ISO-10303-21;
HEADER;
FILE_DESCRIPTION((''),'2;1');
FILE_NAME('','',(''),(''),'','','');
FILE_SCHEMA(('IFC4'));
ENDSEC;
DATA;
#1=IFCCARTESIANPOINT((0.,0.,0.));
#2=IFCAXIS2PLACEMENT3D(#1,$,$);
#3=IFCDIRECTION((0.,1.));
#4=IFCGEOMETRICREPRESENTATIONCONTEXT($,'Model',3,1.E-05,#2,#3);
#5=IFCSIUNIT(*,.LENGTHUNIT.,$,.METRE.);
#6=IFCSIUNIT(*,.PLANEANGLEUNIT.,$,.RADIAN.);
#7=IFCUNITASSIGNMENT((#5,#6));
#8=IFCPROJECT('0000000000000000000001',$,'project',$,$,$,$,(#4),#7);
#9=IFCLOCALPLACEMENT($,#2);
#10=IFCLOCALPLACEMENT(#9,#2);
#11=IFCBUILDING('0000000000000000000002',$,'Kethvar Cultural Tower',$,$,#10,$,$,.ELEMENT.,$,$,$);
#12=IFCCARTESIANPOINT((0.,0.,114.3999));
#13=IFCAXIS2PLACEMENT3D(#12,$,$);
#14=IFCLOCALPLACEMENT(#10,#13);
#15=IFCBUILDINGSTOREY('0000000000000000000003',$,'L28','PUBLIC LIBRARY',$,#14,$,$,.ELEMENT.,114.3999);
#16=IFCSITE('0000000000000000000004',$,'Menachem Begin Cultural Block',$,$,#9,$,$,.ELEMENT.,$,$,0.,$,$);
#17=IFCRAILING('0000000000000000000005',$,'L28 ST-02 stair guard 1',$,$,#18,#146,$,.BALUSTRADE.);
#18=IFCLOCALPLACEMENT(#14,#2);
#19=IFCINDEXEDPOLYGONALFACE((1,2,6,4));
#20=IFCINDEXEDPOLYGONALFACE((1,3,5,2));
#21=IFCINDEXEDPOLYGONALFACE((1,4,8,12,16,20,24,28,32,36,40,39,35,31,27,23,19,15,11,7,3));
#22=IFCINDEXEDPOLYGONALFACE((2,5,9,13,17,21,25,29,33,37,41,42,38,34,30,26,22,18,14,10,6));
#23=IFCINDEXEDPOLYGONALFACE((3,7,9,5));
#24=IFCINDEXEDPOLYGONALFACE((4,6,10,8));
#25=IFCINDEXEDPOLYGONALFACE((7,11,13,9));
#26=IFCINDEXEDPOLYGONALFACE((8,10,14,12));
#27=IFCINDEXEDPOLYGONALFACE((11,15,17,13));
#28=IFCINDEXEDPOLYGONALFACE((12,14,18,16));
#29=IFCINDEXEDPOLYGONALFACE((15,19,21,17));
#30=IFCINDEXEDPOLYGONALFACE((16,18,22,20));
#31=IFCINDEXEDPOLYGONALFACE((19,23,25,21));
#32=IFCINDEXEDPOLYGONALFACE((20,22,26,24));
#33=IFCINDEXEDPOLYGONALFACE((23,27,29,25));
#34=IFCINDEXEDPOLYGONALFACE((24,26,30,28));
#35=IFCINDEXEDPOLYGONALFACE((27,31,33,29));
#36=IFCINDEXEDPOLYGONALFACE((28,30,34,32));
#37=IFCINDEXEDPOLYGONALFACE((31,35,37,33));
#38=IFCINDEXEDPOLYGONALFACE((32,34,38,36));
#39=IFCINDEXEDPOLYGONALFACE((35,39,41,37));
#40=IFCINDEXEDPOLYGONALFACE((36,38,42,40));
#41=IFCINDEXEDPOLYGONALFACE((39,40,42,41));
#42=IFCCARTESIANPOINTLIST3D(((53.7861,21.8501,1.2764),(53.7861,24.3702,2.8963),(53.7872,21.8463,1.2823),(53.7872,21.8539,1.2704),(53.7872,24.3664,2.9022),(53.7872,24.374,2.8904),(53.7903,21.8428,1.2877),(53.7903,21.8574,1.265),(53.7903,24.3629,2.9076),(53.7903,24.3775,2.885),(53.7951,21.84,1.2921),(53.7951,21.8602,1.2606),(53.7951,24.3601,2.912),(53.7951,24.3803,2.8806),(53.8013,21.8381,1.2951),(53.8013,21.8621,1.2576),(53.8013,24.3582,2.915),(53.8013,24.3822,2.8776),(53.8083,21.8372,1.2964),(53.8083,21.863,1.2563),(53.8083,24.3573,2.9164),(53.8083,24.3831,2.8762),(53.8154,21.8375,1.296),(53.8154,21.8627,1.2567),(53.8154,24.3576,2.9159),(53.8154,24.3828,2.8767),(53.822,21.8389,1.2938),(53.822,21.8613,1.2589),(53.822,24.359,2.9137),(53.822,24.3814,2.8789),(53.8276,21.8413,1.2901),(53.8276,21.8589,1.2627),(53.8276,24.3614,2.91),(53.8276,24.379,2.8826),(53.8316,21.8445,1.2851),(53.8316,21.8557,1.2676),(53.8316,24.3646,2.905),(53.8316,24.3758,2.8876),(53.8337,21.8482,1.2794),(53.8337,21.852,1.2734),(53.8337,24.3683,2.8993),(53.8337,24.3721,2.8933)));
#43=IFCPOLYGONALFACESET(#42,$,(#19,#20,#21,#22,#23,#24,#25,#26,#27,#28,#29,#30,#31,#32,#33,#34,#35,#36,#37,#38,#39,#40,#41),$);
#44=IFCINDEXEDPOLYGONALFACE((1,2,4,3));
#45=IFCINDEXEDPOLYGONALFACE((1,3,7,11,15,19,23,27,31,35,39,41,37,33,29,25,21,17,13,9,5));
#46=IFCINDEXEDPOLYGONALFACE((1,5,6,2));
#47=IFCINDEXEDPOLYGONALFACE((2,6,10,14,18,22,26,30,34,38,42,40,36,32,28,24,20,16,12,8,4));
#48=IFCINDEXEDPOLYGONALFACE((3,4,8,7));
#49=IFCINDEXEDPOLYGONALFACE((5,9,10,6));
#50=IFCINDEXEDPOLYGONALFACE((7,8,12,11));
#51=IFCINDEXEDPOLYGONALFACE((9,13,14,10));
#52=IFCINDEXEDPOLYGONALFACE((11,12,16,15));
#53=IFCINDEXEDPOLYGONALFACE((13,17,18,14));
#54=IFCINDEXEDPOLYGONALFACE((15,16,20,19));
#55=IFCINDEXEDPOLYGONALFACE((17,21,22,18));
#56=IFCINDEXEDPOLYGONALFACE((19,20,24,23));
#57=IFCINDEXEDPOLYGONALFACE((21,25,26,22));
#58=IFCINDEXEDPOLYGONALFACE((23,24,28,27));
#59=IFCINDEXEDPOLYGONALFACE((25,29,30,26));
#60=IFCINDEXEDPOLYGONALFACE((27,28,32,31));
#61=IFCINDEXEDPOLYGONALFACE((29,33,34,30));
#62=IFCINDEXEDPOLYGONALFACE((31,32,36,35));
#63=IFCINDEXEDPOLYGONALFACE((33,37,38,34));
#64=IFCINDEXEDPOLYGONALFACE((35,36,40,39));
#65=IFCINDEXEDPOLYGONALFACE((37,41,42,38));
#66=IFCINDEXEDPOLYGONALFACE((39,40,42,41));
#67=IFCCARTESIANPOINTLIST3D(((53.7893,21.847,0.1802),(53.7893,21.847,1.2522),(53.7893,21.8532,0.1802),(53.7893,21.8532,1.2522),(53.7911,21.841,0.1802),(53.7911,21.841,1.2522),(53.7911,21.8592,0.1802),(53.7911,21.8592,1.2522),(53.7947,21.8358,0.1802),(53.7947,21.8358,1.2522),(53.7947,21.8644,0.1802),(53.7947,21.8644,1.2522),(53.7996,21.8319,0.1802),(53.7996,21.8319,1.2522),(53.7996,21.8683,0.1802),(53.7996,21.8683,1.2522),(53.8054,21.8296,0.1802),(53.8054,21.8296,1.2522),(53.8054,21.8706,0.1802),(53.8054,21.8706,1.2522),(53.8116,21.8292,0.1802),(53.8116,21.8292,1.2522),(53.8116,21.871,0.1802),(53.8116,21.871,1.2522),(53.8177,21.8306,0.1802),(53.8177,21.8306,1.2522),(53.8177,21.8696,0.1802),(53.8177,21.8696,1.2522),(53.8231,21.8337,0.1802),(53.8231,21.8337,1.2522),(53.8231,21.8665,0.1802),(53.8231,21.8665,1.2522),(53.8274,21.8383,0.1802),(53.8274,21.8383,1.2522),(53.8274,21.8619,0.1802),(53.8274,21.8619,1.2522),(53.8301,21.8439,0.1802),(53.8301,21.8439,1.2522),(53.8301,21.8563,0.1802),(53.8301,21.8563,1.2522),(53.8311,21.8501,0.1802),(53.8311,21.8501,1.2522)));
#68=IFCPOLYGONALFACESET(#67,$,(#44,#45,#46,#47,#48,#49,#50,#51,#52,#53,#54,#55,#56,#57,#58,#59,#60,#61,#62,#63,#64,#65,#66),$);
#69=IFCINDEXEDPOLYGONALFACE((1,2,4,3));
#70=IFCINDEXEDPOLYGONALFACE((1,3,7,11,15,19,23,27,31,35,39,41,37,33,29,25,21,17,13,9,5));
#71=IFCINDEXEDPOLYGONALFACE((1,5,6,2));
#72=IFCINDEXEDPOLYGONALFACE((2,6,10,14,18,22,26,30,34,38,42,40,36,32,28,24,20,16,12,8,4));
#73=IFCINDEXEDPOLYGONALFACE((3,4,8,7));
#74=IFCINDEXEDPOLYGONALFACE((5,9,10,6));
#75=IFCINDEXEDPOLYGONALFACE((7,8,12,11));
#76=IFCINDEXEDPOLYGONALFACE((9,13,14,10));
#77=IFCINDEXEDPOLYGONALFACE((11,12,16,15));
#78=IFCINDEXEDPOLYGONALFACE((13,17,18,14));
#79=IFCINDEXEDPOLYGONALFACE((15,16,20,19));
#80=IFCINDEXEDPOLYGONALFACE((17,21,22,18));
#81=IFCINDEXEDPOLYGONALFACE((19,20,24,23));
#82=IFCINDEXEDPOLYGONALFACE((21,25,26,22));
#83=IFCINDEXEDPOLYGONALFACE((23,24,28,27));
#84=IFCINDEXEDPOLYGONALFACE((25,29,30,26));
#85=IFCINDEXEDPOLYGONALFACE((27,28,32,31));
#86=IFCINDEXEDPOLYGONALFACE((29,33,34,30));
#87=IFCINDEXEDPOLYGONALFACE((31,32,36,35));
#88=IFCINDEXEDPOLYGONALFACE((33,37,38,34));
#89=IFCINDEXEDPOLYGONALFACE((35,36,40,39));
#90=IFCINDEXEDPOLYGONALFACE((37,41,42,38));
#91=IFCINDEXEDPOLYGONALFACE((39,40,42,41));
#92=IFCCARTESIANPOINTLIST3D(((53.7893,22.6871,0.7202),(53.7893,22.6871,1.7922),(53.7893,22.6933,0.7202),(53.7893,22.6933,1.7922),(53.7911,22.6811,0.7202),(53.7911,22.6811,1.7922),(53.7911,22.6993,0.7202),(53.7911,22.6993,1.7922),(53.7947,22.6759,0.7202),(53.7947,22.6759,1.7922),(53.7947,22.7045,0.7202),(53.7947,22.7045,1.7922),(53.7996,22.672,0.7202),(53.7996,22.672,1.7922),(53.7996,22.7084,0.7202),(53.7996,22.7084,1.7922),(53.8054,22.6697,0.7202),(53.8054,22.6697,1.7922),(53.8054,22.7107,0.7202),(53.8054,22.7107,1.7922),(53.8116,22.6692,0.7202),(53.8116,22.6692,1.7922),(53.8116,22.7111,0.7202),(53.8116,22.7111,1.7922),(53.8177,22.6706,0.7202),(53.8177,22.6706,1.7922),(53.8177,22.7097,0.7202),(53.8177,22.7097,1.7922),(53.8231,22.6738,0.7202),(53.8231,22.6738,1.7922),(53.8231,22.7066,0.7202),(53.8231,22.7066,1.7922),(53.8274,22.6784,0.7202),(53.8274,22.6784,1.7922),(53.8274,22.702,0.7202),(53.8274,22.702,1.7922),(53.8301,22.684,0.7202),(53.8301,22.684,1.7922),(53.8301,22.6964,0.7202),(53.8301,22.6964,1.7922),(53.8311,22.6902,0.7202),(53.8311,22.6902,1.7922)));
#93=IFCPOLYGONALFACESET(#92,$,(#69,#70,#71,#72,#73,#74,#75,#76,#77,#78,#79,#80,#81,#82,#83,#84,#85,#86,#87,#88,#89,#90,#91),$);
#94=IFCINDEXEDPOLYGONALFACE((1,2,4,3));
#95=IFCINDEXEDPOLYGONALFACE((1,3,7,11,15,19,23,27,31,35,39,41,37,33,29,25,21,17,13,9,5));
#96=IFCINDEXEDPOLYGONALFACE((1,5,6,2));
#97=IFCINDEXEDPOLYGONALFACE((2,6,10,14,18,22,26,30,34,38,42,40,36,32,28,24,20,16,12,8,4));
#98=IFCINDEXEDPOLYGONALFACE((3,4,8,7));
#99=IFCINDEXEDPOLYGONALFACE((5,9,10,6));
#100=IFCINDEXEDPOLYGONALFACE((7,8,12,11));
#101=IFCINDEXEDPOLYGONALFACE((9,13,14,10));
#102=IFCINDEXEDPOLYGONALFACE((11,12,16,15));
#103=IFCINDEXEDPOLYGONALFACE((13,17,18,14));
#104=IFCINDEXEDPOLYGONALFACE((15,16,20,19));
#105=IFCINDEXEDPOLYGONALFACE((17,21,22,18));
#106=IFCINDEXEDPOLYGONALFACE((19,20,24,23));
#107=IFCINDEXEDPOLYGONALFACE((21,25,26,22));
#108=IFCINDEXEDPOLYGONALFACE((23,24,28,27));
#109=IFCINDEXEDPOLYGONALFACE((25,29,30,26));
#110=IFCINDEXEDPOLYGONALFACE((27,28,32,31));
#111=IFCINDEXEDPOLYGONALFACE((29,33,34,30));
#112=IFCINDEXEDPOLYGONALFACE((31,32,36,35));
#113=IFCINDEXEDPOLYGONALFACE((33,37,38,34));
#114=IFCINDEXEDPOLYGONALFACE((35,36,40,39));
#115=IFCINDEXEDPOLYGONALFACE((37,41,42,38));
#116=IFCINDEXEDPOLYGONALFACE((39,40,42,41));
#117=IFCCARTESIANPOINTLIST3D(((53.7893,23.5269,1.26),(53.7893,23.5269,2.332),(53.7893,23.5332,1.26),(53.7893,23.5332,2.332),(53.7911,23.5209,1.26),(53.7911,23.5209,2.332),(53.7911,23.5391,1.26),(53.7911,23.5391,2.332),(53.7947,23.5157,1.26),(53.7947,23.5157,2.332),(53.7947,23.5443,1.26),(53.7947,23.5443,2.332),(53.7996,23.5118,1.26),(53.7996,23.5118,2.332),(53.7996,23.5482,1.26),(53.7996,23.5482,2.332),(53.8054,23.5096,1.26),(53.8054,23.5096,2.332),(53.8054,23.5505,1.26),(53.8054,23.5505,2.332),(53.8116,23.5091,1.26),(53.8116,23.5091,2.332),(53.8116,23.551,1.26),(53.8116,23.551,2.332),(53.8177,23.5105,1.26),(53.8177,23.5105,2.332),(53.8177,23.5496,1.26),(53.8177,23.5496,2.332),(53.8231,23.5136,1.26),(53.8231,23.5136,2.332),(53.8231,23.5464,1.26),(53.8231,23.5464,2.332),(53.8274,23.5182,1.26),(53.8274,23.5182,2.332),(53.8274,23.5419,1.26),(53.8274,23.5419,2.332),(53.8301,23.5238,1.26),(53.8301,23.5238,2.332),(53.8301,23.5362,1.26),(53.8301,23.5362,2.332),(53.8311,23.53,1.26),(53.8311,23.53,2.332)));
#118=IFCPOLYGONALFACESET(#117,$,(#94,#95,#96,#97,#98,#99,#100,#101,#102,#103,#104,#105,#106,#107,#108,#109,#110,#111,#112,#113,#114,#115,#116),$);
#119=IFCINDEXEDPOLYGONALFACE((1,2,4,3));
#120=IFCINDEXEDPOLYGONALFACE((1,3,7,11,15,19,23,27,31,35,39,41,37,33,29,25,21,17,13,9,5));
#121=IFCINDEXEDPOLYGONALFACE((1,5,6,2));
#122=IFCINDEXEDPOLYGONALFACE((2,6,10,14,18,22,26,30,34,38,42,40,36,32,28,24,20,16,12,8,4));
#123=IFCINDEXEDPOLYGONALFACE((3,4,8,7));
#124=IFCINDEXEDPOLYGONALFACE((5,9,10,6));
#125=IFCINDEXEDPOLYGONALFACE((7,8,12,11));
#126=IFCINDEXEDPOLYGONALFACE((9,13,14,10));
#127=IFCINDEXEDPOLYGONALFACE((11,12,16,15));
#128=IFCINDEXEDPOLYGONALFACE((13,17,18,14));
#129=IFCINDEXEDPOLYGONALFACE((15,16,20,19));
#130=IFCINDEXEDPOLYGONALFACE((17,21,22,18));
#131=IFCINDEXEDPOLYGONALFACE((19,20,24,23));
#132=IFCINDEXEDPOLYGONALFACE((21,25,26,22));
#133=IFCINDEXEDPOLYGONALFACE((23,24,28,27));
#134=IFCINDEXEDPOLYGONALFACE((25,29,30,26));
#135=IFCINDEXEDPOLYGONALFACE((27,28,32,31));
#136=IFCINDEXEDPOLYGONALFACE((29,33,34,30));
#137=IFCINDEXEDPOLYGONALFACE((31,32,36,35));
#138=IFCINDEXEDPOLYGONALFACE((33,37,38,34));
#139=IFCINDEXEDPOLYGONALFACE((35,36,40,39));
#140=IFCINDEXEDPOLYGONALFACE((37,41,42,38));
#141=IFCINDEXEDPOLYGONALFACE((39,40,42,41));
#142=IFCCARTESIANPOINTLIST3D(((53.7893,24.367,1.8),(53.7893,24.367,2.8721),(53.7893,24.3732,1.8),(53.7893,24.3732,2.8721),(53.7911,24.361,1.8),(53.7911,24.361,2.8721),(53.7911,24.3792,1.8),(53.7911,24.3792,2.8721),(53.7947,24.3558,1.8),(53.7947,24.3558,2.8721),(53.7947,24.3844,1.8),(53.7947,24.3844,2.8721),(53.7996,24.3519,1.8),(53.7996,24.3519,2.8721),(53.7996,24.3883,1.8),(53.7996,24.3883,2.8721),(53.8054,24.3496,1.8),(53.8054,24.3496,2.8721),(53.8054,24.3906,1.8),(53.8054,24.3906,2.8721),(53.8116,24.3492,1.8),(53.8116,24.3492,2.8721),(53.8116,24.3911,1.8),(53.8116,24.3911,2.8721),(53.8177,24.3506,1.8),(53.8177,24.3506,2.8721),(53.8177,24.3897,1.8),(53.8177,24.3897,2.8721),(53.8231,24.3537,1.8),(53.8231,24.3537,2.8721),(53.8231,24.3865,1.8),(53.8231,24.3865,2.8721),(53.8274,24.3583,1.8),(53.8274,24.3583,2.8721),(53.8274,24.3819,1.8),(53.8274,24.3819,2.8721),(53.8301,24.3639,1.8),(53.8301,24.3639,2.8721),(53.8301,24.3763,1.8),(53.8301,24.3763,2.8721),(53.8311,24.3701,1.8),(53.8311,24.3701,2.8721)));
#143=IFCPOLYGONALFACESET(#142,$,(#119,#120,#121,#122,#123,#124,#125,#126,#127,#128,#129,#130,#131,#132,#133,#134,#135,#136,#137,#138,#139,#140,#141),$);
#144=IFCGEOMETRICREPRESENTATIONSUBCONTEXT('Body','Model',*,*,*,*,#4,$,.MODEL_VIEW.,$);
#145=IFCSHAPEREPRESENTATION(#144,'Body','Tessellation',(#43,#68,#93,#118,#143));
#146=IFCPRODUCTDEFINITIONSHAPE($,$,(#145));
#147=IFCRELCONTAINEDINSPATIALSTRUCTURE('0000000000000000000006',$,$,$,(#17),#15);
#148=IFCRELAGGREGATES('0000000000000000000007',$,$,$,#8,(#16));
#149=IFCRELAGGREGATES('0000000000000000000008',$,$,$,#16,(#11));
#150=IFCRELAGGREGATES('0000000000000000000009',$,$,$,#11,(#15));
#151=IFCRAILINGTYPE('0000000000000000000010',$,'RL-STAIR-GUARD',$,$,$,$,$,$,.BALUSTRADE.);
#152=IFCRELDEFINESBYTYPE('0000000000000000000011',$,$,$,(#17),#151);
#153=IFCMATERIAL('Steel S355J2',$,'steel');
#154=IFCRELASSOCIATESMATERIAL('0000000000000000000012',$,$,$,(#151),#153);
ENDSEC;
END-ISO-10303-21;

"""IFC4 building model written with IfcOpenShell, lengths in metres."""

from ifc_helpers import new_model, si_unit, direction, frame, origin, origin_2d, place, context, subcontext, project, spatial, circle, extrude, material, type_object, element, save


model = new_model("IFC4")

# Units and contexts
model_context = context("Model", 3, precision=1e-05, world=origin(), true_north=direction((0.0, 1.0)))
body_context = subcontext(model_context, "Body", "Model", "MODEL_VIEW")
ifc_project = project(units=[si_unit("LENGTHUNIT", "METRE"), si_unit("PLANEANGLEUNIT", "RADIAN")], contexts=[model_context])

# Site, building, storey
site_placement = place(None, origin())
site = spatial("IfcSite", under=ifc_project, at=site_placement, Name="Menachem Begin Cultural Block", CompositionType="ELEMENT", RefElevation=0.0)
building_placement = place(site_placement, origin())
building = spatial("IfcBuilding", under=site, at=building_placement, Name="Kethvar Cultural Tower", CompositionType="ELEMENT")
storey_placement = place(building_placement, frame((0.0, 0.0, 114.3999)))
storey = spatial("IfcBuildingStorey", under=building, at=storey_placement, Name="L28", Description="PUBLIC LIBRARY", CompositionType="ELEMENT", Elevation=114.3999)

# Shared definitions
ifc_material_1 = material(Name="Steel S355J2", Category="steel")

# Railing
railing_type_1 = type_object("IfcRailingType", Name="RL-STAIR-GUARD", PredefinedType="BALUSTRADE", material=ifc_material_1)
railing_1_placement = place(storey_placement, frame((53.8101, 21.8501, 0.1802)))
element("IfcRailing", 1, at=railing_1_placement, inside=storey, type_object=railing_type_1, Name="L28 ST-02 stair guard 1", PredefinedType="BALUSTRADE", context=body_context, shape_type="SweptSolid", body=[
    extrude(circle(Radius=0.0239, at=origin_2d()), frame((0.0, 0.0, 1.0962), z_axis=(0.0, 0.8412, 0.540725), x_axis=(-1.0, 0.0, 0.0)), (0.0, 0.0, 1.0), 2.9958),
    extrude(circle(Radius=0.021, at=origin_2d()), origin(), (0.0, 0.0, 1.0), 1.072),
    extrude(circle(Radius=0.021, at=origin_2d()), frame((0.0, 0.8401, 0.54)), (0.0, 0.0, 1.0), 1.072),
    extrude(circle(Radius=0.021, at=origin_2d()), frame((0.0, 1.6799, 1.0798)), (0.0, 0.0, 1.0), 1.072),
    extrude(circle(Radius=0.021, at=origin_2d()), frame((0.0, 2.52, 1.6199)), (0.0, 0.0, 1.0), 1.072),
])

save(model, "model.ifc")
